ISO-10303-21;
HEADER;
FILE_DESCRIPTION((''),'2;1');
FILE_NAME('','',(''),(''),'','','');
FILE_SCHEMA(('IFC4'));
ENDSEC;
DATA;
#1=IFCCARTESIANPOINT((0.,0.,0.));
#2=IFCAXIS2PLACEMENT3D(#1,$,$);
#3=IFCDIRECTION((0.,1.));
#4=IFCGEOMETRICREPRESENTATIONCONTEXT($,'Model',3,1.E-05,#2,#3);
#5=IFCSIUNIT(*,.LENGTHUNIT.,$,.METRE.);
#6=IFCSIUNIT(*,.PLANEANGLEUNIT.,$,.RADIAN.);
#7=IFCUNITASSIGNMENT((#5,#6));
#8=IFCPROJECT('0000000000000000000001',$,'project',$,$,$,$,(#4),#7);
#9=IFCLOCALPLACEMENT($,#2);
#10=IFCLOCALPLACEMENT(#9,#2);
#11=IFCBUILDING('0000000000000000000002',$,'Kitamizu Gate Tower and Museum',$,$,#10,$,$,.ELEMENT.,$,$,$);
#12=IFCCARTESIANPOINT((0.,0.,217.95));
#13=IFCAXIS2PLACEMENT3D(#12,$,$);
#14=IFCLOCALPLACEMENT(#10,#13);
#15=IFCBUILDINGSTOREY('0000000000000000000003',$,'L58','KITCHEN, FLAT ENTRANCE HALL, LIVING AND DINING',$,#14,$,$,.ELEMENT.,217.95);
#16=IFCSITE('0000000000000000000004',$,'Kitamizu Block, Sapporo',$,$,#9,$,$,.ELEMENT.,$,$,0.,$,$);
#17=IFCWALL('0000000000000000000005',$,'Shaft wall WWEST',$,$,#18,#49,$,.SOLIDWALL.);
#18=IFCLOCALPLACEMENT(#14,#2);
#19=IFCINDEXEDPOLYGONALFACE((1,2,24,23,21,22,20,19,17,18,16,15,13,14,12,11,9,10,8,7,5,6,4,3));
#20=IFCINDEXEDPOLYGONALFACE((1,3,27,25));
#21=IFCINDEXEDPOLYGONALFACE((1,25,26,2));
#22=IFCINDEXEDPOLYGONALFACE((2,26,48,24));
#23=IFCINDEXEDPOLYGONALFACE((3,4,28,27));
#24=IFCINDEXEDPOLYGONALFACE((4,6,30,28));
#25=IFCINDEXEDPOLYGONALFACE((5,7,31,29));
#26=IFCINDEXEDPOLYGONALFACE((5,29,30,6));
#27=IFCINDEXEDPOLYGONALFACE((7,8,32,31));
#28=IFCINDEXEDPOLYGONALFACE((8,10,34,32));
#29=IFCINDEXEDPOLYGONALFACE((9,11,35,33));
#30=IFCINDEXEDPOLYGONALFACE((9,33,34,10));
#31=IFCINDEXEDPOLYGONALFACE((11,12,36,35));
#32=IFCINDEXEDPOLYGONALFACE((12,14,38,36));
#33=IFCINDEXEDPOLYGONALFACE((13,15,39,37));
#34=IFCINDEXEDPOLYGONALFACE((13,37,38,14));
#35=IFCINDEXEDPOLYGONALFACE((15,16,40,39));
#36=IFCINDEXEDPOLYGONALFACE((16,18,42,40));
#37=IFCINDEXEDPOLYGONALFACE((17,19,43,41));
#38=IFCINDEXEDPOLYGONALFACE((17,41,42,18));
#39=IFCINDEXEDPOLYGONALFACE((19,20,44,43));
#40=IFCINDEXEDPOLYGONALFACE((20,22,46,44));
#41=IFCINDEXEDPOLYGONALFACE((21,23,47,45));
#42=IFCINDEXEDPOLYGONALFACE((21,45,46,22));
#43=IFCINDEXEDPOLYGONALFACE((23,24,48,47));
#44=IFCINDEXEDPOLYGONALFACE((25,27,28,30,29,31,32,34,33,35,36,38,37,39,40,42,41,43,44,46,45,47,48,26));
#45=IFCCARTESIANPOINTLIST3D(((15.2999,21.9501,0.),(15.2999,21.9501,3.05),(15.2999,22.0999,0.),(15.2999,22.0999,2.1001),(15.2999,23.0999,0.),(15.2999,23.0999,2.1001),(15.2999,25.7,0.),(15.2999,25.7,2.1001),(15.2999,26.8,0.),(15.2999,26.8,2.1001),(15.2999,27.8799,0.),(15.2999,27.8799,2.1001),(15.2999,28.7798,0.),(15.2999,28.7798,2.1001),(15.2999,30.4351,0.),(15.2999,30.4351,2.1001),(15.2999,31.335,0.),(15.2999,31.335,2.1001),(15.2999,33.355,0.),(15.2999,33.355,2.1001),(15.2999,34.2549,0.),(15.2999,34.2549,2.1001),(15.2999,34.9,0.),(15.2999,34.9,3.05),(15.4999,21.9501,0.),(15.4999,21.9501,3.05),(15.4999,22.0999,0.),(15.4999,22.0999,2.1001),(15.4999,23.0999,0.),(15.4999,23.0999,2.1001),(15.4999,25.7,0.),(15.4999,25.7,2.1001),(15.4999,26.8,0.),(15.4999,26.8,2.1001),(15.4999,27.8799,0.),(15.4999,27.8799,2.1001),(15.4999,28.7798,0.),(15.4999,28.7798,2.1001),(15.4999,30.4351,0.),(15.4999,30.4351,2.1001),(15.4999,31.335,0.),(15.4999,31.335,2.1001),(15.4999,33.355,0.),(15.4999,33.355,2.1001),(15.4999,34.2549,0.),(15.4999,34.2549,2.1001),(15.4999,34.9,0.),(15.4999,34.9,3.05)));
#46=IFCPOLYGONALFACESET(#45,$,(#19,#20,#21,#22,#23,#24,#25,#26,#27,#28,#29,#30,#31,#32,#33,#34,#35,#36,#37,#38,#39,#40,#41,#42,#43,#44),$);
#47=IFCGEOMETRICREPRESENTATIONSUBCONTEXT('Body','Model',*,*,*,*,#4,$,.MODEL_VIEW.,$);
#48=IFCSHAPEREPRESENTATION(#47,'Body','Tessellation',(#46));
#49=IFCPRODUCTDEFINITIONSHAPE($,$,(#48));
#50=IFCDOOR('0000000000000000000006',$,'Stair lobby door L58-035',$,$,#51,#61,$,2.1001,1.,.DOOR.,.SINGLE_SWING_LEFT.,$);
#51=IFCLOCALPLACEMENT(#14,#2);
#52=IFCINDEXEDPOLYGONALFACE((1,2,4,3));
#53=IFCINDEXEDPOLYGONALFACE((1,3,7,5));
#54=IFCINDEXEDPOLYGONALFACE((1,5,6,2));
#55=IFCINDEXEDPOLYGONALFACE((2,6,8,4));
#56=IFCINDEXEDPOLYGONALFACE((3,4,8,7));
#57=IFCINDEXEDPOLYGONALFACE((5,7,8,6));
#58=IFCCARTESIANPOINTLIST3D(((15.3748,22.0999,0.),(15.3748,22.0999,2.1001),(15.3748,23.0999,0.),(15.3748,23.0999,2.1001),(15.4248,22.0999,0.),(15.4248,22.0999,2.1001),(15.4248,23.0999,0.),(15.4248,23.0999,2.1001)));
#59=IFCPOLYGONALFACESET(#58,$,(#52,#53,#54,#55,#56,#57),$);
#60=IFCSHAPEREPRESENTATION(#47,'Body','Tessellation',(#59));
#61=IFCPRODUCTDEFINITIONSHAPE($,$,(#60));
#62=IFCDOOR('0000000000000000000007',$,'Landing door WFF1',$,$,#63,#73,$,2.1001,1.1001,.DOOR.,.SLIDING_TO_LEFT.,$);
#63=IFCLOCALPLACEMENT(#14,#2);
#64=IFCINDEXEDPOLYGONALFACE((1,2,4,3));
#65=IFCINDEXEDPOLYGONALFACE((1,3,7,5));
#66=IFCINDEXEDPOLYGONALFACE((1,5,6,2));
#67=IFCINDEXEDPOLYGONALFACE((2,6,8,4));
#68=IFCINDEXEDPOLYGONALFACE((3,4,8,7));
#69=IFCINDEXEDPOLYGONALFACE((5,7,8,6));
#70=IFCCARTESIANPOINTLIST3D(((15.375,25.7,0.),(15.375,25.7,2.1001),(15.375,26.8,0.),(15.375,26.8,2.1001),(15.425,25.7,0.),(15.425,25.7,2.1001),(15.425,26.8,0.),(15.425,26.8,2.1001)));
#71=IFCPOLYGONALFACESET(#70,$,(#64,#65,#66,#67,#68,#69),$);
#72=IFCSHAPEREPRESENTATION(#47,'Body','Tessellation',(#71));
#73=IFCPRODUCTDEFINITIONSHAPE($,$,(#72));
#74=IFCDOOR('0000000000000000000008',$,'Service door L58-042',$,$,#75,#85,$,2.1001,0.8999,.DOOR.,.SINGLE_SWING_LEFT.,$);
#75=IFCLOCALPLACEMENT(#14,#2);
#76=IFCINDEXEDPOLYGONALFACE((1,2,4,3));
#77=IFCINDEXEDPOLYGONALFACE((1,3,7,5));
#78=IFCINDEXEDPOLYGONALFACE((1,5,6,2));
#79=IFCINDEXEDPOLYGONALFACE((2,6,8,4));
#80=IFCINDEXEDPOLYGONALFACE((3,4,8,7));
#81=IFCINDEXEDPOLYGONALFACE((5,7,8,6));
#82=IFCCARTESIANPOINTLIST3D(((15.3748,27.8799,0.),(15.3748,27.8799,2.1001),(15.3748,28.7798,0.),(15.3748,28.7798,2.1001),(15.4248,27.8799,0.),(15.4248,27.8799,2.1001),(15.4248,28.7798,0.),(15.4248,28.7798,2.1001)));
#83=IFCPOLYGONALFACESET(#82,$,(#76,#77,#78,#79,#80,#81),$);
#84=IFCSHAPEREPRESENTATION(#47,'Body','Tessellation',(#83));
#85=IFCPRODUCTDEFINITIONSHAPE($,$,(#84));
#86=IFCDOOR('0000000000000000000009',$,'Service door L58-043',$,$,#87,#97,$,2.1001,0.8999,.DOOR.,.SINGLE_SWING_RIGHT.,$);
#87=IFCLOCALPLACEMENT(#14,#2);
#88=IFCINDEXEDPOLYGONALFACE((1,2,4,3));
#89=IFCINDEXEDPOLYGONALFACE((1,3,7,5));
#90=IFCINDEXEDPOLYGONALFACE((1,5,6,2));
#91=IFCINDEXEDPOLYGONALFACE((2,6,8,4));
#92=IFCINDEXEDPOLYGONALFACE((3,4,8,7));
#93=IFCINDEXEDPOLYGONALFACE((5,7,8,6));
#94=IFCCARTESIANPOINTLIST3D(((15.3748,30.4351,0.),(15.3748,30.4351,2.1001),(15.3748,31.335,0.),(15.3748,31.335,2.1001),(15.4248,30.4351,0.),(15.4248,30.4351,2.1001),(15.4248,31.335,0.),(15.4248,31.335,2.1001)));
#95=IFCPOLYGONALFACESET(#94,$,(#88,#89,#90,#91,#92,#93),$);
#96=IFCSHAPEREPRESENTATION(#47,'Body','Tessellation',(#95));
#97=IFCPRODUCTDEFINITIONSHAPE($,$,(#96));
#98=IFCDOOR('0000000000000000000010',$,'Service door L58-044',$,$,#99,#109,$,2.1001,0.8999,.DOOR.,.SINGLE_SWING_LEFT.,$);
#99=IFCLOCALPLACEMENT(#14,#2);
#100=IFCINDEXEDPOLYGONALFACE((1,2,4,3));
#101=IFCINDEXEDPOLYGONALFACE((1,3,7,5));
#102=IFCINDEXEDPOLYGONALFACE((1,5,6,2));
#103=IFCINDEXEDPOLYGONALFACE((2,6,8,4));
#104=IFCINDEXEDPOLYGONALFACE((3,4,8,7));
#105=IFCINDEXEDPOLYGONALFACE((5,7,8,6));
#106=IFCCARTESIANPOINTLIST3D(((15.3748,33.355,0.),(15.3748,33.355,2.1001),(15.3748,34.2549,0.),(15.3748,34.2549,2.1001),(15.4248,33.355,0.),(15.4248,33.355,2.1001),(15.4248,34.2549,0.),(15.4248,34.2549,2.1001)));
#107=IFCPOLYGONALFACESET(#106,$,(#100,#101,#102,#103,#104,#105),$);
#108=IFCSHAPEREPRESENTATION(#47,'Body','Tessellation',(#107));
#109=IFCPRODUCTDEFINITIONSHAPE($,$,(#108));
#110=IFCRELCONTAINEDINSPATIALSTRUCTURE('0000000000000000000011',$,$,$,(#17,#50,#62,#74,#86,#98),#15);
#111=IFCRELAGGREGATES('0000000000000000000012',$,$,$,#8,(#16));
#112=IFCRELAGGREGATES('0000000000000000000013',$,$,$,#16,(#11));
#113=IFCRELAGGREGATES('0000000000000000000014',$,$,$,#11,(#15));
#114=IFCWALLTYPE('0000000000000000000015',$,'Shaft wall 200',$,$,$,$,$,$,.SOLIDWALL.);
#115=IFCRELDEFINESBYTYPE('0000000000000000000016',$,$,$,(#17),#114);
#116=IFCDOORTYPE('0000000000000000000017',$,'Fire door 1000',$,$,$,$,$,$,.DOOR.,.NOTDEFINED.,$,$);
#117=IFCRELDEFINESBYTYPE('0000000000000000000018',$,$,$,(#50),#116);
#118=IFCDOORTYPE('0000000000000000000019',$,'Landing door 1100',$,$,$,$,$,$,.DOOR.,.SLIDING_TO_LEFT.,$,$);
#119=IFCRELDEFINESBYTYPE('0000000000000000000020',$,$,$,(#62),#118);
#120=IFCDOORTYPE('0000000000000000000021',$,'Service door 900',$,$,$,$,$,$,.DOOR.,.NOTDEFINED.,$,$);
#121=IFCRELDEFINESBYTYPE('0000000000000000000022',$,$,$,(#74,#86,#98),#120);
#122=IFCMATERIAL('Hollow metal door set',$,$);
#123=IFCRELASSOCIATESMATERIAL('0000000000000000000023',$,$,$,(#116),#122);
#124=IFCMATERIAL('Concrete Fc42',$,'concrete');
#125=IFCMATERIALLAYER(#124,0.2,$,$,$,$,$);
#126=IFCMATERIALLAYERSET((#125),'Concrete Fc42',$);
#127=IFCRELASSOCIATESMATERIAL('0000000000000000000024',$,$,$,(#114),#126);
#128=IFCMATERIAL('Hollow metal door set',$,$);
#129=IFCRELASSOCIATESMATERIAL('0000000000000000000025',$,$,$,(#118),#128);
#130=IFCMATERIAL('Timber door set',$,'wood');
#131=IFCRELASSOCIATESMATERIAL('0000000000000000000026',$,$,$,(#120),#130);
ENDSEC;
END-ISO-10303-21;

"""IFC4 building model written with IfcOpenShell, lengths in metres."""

from ifc_helpers import new_model, si_unit, direction, frame, frame_2d, origin, place, context, subcontext, project, spatial, rectangle, extrude, material, layer, layer_set, type_object, element, fill, save


model = new_model("IFC4")

# Units and contexts
model_context = context("Model", 3, precision=1e-05, world=origin(), true_north=direction((0.0, 1.0)))
body_context = subcontext(model_context, "Body", "Model", "MODEL_VIEW")
ifc_project = project(units=[si_unit("LENGTHUNIT", "METRE"), si_unit("PLANEANGLEUNIT", "RADIAN")], contexts=[model_context])

# Site, building, storey
site_placement = place(None, origin())
site = spatial("IfcSite", under=ifc_project, at=site_placement, Name="Kitamizu Block, Sapporo", CompositionType="ELEMENT", RefElevation=0.0)
building_placement = place(site_placement, origin())
building = spatial("IfcBuilding", under=site, at=building_placement, Name="Kitamizu Gate Tower and Museum", CompositionType="ELEMENT")
storey_placement = place(building_placement, frame((0.0, 0.0, 217.95)))
storey = spatial("IfcBuildingStorey", under=building, at=storey_placement, Name="L58", Description="KITCHEN, FLAT ENTRANCE HALL, LIVING AND DINING", CompositionType="ELEMENT", Elevation=217.95)

# Shared definitions
ifc_material_1 = material(Name="Hollow metal door set")
door_type_1 = type_object("IfcDoorType", Name="Fire door 1000", OperationType="NOTDEFINED", PredefinedType="DOOR", material=ifc_material_1)

# Wall, openings, doors
ifc_material_2 = material(Name="Concrete Fc42", Category="concrete")
ifc_layer_1 = layer(ifc_material_2, 0.2)
ifc_layer_set_1 = layer_set([ifc_layer_1], Name="Concrete Fc42")
wall_type_1 = type_object("IfcWallType", Name="Shaft wall 200", PredefinedType="SOLIDWALL", material=ifc_layer_set_1)
wall_1_placement = place(storey_placement, frame((15.3999, 21.95, 0.0), z_axis=(0.0, 0.0, 1.0), x_axis=(0.0, 1.0, 0.0)))
wall_1 = element("IfcWall", 1, at=wall_1_placement, inside=storey, type_object=wall_type_1, Name="Shaft wall WWEST", PredefinedType="SOLIDWALL", context=body_context, shape_type="SweptSolid", body=[
    extrude(rectangle(XDim=12.95, YDim=0.2, at=frame_2d((6.4751, 0.0))), origin(), (0.0, 0.0, 1.0), 3.05),
])
opening_1_placement = place(wall_1_placement, frame((3.75, 0.0, 0.0)))
opening_1 = element("IfcOpeningElement", 2, at=opening_1_placement, cuts=wall_1, PredefinedType="OPENING", context=body_context, shape_type="SweptSolid", body=[
    extrude(rectangle(XDim=1.1001, YDim=2.1001, at=frame_2d((0.55, 1.05))), frame((0.0, 0.1099, 0.0), z_axis=(0.0, -1.0, 0.0), x_axis=(1.0, 0.0, 0.0)), (0.0, 0.0, 1.0), 0.22),
])
opening_2_placement = place(wall_1_placement, frame((0.1499, 0.0, 0.0)))
opening_2 = element("IfcOpeningElement", 3, at=opening_2_placement, cuts=wall_1, PredefinedType="OPENING", context=body_context, shape_type="SweptSolid", body=[
    extrude(rectangle(XDim=1.0, YDim=2.1001, at=frame_2d((0.5, 1.05))), frame((0.0, 0.1099, 0.0), z_axis=(0.0, -1.0, 0.0), x_axis=(1.0, 0.0, 0.0)), (0.0, 0.0, 1.0), 0.22),
])
opening_3_placement = place(wall_1_placement, frame((5.9299, 0.0, 0.0)))
opening_3 = element("IfcOpeningElement", 4, at=opening_3_placement, cuts=wall_1, PredefinedType="OPENING", context=body_context, shape_type="SweptSolid", body=[
    extrude(rectangle(XDim=0.8999, YDim=2.1001, at=frame_2d((0.45, 1.05))), frame((0.0, 0.1099, 0.0), z_axis=(0.0, -1.0, 0.0), x_axis=(1.0, 0.0, 0.0)), (0.0, 0.0, 1.0), 0.22),
])
opening_4_placement = place(wall_1_placement, frame((8.4851, 0.0, 0.0)))
opening_4 = element("IfcOpeningElement", 5, at=opening_4_placement, cuts=wall_1, PredefinedType="OPENING", context=body_context, shape_type="SweptSolid", body=[
    extrude(rectangle(XDim=0.8999, YDim=2.1001, at=frame_2d((0.45, 1.05))), frame((0.0, 0.1099, 0.0), z_axis=(0.0, -1.0, 0.0), x_axis=(1.0, 0.0, 0.0)), (0.0, 0.0, 1.0), 0.22),
])
opening_5_placement = place(wall_1_placement, frame((11.405, 0.0, 0.0)))
opening_5 = element("IfcOpeningElement", 6, at=opening_5_placement, cuts=wall_1, PredefinedType="OPENING", context=body_context, shape_type="SweptSolid", body=[
    extrude(rectangle(XDim=0.8999, YDim=2.1001, at=frame_2d((0.45, 1.05))), frame((0.0, 0.1099, 0.0), z_axis=(0.0, -1.0, 0.0), x_axis=(1.0, 0.0, 0.0)), (0.0, 0.0, 1.0), 0.22),
])
door_1_placement = place(opening_2_placement, frame((1.0, 0.0, 0.0), x_axis=(-1.0, 0.0, 0.0)))
door_1 = element("IfcDoor", 7, at=door_1_placement, inside=storey, type_object=door_type_1, Name="Stair lobby door L58-035", OperationType="SINGLE_SWING_LEFT", OverallHeight=2.1001, OverallWidth=1.0, PredefinedType="DOOR", context=body_context, shape_type="SweptSolid", body=[
    extrude(rectangle(XDim=1.0, YDim=2.1001, at=frame_2d((0.5, 1.05))), frame((0.0, 0.0249, 0.0), z_axis=(0.0, -1.0, 0.0), x_axis=(1.0, 0.0, 0.0)), (0.0, 0.0, 1.0), 0.05),
])
fill(opening_2, door_1)
ifc_material_3 = material(Name="Hollow metal door set")
door_type_2 = type_object("IfcDoorType", Name="Landing door 1100", OperationType="SLIDING_TO_LEFT", PredefinedType="DOOR", material=ifc_material_3)
door_2_placement = place(opening_1_placement, origin())
door_2 = element("IfcDoor", 8, at=door_2_placement, inside=storey, type_object=door_type_2, Name="Landing door WFF1", OperationType="SLIDING_TO_LEFT", OverallHeight=2.1001, OverallWidth=1.1001, PredefinedType="DOOR", context=body_context, shape_type="SweptSolid", body=[
    extrude(rectangle(XDim=1.1001, YDim=2.1001, at=frame_2d((0.55, 1.05))), frame((0.0, 0.0249, 0.0), z_axis=(0.0, -1.0, 0.0), x_axis=(1.0, 0.0, 0.0)), (0.0, 0.0, 1.0), 0.05),
])
fill(opening_1, door_2)
ifc_material_4 = material(Name="Timber door set", Category="wood")
door_type_3 = type_object("IfcDoorType", Name="Service door 900", OperationType="NOTDEFINED", PredefinedType="DOOR", material=ifc_material_4)
door_3_placement = place(opening_3_placement, frame((0.8999, 0.0, 0.0), x_axis=(-1.0, 0.0, 0.0)))
door_3 = element("IfcDoor", 9, at=door_3_placement, inside=storey, type_object=door_type_3, Name="Service door L58-042", OperationType="SINGLE_SWING_LEFT", OverallHeight=2.1001, OverallWidth=0.8999, PredefinedType="DOOR", context=body_context, shape_type="SweptSolid", body=[
    extrude(rectangle(XDim=0.8999, YDim=2.1001, at=frame_2d((0.45, 1.05))), frame((0.0, 0.0249, 0.0), z_axis=(0.0, -1.0, 0.0), x_axis=(1.0, 0.0, 0.0)), (0.0, 0.0, 1.0), 0.05),
])
fill(opening_3, door_3)
door_4_placement = place(opening_4_placement, frame((0.8999, 0.0, 0.0), x_axis=(-1.0, 0.0, 0.0)))
door_4 = element("IfcDoor", 10, at=door_4_placement, inside=storey, type_object=door_type_3, Name="Service door L58-043", OperationType="SINGLE_SWING_RIGHT", OverallHeight=2.1001, OverallWidth=0.8999, PredefinedType="DOOR", context=body_context, shape_type="SweptSolid", body=[
    extrude(rectangle(XDim=0.8999, YDim=2.1001, at=frame_2d((0.45, 1.05))), frame((0.0, 0.0249, 0.0), z_axis=(0.0, -1.0, 0.0), x_axis=(1.0, 0.0, 0.0)), (0.0, 0.0, 1.0), 0.05),
])
fill(opening_4, door_4)
door_5_placement = place(opening_5_placement, frame((0.8999, 0.0, 0.0), x_axis=(-1.0, 0.0, 0.0)))
door_5 = element("IfcDoor", 11, at=door_5_placement, inside=storey, type_object=door_type_3, Name="Service door L58-044", OperationType="SINGLE_SWING_LEFT", OverallHeight=2.1001, OverallWidth=0.8999, PredefinedType="DOOR", context=body_context, shape_type="SweptSolid", body=[
    extrude(rectangle(XDim=0.8999, YDim=2.1001, at=frame_2d((0.45, 1.05))), frame((0.0, 0.0249, 0.0), z_axis=(0.0, -1.0, 0.0), x_axis=(1.0, 0.0, 0.0)), (0.0, 0.0, 1.0), 0.05),
])
fill(opening_5, door_5)

save(model, "model.ifc")
